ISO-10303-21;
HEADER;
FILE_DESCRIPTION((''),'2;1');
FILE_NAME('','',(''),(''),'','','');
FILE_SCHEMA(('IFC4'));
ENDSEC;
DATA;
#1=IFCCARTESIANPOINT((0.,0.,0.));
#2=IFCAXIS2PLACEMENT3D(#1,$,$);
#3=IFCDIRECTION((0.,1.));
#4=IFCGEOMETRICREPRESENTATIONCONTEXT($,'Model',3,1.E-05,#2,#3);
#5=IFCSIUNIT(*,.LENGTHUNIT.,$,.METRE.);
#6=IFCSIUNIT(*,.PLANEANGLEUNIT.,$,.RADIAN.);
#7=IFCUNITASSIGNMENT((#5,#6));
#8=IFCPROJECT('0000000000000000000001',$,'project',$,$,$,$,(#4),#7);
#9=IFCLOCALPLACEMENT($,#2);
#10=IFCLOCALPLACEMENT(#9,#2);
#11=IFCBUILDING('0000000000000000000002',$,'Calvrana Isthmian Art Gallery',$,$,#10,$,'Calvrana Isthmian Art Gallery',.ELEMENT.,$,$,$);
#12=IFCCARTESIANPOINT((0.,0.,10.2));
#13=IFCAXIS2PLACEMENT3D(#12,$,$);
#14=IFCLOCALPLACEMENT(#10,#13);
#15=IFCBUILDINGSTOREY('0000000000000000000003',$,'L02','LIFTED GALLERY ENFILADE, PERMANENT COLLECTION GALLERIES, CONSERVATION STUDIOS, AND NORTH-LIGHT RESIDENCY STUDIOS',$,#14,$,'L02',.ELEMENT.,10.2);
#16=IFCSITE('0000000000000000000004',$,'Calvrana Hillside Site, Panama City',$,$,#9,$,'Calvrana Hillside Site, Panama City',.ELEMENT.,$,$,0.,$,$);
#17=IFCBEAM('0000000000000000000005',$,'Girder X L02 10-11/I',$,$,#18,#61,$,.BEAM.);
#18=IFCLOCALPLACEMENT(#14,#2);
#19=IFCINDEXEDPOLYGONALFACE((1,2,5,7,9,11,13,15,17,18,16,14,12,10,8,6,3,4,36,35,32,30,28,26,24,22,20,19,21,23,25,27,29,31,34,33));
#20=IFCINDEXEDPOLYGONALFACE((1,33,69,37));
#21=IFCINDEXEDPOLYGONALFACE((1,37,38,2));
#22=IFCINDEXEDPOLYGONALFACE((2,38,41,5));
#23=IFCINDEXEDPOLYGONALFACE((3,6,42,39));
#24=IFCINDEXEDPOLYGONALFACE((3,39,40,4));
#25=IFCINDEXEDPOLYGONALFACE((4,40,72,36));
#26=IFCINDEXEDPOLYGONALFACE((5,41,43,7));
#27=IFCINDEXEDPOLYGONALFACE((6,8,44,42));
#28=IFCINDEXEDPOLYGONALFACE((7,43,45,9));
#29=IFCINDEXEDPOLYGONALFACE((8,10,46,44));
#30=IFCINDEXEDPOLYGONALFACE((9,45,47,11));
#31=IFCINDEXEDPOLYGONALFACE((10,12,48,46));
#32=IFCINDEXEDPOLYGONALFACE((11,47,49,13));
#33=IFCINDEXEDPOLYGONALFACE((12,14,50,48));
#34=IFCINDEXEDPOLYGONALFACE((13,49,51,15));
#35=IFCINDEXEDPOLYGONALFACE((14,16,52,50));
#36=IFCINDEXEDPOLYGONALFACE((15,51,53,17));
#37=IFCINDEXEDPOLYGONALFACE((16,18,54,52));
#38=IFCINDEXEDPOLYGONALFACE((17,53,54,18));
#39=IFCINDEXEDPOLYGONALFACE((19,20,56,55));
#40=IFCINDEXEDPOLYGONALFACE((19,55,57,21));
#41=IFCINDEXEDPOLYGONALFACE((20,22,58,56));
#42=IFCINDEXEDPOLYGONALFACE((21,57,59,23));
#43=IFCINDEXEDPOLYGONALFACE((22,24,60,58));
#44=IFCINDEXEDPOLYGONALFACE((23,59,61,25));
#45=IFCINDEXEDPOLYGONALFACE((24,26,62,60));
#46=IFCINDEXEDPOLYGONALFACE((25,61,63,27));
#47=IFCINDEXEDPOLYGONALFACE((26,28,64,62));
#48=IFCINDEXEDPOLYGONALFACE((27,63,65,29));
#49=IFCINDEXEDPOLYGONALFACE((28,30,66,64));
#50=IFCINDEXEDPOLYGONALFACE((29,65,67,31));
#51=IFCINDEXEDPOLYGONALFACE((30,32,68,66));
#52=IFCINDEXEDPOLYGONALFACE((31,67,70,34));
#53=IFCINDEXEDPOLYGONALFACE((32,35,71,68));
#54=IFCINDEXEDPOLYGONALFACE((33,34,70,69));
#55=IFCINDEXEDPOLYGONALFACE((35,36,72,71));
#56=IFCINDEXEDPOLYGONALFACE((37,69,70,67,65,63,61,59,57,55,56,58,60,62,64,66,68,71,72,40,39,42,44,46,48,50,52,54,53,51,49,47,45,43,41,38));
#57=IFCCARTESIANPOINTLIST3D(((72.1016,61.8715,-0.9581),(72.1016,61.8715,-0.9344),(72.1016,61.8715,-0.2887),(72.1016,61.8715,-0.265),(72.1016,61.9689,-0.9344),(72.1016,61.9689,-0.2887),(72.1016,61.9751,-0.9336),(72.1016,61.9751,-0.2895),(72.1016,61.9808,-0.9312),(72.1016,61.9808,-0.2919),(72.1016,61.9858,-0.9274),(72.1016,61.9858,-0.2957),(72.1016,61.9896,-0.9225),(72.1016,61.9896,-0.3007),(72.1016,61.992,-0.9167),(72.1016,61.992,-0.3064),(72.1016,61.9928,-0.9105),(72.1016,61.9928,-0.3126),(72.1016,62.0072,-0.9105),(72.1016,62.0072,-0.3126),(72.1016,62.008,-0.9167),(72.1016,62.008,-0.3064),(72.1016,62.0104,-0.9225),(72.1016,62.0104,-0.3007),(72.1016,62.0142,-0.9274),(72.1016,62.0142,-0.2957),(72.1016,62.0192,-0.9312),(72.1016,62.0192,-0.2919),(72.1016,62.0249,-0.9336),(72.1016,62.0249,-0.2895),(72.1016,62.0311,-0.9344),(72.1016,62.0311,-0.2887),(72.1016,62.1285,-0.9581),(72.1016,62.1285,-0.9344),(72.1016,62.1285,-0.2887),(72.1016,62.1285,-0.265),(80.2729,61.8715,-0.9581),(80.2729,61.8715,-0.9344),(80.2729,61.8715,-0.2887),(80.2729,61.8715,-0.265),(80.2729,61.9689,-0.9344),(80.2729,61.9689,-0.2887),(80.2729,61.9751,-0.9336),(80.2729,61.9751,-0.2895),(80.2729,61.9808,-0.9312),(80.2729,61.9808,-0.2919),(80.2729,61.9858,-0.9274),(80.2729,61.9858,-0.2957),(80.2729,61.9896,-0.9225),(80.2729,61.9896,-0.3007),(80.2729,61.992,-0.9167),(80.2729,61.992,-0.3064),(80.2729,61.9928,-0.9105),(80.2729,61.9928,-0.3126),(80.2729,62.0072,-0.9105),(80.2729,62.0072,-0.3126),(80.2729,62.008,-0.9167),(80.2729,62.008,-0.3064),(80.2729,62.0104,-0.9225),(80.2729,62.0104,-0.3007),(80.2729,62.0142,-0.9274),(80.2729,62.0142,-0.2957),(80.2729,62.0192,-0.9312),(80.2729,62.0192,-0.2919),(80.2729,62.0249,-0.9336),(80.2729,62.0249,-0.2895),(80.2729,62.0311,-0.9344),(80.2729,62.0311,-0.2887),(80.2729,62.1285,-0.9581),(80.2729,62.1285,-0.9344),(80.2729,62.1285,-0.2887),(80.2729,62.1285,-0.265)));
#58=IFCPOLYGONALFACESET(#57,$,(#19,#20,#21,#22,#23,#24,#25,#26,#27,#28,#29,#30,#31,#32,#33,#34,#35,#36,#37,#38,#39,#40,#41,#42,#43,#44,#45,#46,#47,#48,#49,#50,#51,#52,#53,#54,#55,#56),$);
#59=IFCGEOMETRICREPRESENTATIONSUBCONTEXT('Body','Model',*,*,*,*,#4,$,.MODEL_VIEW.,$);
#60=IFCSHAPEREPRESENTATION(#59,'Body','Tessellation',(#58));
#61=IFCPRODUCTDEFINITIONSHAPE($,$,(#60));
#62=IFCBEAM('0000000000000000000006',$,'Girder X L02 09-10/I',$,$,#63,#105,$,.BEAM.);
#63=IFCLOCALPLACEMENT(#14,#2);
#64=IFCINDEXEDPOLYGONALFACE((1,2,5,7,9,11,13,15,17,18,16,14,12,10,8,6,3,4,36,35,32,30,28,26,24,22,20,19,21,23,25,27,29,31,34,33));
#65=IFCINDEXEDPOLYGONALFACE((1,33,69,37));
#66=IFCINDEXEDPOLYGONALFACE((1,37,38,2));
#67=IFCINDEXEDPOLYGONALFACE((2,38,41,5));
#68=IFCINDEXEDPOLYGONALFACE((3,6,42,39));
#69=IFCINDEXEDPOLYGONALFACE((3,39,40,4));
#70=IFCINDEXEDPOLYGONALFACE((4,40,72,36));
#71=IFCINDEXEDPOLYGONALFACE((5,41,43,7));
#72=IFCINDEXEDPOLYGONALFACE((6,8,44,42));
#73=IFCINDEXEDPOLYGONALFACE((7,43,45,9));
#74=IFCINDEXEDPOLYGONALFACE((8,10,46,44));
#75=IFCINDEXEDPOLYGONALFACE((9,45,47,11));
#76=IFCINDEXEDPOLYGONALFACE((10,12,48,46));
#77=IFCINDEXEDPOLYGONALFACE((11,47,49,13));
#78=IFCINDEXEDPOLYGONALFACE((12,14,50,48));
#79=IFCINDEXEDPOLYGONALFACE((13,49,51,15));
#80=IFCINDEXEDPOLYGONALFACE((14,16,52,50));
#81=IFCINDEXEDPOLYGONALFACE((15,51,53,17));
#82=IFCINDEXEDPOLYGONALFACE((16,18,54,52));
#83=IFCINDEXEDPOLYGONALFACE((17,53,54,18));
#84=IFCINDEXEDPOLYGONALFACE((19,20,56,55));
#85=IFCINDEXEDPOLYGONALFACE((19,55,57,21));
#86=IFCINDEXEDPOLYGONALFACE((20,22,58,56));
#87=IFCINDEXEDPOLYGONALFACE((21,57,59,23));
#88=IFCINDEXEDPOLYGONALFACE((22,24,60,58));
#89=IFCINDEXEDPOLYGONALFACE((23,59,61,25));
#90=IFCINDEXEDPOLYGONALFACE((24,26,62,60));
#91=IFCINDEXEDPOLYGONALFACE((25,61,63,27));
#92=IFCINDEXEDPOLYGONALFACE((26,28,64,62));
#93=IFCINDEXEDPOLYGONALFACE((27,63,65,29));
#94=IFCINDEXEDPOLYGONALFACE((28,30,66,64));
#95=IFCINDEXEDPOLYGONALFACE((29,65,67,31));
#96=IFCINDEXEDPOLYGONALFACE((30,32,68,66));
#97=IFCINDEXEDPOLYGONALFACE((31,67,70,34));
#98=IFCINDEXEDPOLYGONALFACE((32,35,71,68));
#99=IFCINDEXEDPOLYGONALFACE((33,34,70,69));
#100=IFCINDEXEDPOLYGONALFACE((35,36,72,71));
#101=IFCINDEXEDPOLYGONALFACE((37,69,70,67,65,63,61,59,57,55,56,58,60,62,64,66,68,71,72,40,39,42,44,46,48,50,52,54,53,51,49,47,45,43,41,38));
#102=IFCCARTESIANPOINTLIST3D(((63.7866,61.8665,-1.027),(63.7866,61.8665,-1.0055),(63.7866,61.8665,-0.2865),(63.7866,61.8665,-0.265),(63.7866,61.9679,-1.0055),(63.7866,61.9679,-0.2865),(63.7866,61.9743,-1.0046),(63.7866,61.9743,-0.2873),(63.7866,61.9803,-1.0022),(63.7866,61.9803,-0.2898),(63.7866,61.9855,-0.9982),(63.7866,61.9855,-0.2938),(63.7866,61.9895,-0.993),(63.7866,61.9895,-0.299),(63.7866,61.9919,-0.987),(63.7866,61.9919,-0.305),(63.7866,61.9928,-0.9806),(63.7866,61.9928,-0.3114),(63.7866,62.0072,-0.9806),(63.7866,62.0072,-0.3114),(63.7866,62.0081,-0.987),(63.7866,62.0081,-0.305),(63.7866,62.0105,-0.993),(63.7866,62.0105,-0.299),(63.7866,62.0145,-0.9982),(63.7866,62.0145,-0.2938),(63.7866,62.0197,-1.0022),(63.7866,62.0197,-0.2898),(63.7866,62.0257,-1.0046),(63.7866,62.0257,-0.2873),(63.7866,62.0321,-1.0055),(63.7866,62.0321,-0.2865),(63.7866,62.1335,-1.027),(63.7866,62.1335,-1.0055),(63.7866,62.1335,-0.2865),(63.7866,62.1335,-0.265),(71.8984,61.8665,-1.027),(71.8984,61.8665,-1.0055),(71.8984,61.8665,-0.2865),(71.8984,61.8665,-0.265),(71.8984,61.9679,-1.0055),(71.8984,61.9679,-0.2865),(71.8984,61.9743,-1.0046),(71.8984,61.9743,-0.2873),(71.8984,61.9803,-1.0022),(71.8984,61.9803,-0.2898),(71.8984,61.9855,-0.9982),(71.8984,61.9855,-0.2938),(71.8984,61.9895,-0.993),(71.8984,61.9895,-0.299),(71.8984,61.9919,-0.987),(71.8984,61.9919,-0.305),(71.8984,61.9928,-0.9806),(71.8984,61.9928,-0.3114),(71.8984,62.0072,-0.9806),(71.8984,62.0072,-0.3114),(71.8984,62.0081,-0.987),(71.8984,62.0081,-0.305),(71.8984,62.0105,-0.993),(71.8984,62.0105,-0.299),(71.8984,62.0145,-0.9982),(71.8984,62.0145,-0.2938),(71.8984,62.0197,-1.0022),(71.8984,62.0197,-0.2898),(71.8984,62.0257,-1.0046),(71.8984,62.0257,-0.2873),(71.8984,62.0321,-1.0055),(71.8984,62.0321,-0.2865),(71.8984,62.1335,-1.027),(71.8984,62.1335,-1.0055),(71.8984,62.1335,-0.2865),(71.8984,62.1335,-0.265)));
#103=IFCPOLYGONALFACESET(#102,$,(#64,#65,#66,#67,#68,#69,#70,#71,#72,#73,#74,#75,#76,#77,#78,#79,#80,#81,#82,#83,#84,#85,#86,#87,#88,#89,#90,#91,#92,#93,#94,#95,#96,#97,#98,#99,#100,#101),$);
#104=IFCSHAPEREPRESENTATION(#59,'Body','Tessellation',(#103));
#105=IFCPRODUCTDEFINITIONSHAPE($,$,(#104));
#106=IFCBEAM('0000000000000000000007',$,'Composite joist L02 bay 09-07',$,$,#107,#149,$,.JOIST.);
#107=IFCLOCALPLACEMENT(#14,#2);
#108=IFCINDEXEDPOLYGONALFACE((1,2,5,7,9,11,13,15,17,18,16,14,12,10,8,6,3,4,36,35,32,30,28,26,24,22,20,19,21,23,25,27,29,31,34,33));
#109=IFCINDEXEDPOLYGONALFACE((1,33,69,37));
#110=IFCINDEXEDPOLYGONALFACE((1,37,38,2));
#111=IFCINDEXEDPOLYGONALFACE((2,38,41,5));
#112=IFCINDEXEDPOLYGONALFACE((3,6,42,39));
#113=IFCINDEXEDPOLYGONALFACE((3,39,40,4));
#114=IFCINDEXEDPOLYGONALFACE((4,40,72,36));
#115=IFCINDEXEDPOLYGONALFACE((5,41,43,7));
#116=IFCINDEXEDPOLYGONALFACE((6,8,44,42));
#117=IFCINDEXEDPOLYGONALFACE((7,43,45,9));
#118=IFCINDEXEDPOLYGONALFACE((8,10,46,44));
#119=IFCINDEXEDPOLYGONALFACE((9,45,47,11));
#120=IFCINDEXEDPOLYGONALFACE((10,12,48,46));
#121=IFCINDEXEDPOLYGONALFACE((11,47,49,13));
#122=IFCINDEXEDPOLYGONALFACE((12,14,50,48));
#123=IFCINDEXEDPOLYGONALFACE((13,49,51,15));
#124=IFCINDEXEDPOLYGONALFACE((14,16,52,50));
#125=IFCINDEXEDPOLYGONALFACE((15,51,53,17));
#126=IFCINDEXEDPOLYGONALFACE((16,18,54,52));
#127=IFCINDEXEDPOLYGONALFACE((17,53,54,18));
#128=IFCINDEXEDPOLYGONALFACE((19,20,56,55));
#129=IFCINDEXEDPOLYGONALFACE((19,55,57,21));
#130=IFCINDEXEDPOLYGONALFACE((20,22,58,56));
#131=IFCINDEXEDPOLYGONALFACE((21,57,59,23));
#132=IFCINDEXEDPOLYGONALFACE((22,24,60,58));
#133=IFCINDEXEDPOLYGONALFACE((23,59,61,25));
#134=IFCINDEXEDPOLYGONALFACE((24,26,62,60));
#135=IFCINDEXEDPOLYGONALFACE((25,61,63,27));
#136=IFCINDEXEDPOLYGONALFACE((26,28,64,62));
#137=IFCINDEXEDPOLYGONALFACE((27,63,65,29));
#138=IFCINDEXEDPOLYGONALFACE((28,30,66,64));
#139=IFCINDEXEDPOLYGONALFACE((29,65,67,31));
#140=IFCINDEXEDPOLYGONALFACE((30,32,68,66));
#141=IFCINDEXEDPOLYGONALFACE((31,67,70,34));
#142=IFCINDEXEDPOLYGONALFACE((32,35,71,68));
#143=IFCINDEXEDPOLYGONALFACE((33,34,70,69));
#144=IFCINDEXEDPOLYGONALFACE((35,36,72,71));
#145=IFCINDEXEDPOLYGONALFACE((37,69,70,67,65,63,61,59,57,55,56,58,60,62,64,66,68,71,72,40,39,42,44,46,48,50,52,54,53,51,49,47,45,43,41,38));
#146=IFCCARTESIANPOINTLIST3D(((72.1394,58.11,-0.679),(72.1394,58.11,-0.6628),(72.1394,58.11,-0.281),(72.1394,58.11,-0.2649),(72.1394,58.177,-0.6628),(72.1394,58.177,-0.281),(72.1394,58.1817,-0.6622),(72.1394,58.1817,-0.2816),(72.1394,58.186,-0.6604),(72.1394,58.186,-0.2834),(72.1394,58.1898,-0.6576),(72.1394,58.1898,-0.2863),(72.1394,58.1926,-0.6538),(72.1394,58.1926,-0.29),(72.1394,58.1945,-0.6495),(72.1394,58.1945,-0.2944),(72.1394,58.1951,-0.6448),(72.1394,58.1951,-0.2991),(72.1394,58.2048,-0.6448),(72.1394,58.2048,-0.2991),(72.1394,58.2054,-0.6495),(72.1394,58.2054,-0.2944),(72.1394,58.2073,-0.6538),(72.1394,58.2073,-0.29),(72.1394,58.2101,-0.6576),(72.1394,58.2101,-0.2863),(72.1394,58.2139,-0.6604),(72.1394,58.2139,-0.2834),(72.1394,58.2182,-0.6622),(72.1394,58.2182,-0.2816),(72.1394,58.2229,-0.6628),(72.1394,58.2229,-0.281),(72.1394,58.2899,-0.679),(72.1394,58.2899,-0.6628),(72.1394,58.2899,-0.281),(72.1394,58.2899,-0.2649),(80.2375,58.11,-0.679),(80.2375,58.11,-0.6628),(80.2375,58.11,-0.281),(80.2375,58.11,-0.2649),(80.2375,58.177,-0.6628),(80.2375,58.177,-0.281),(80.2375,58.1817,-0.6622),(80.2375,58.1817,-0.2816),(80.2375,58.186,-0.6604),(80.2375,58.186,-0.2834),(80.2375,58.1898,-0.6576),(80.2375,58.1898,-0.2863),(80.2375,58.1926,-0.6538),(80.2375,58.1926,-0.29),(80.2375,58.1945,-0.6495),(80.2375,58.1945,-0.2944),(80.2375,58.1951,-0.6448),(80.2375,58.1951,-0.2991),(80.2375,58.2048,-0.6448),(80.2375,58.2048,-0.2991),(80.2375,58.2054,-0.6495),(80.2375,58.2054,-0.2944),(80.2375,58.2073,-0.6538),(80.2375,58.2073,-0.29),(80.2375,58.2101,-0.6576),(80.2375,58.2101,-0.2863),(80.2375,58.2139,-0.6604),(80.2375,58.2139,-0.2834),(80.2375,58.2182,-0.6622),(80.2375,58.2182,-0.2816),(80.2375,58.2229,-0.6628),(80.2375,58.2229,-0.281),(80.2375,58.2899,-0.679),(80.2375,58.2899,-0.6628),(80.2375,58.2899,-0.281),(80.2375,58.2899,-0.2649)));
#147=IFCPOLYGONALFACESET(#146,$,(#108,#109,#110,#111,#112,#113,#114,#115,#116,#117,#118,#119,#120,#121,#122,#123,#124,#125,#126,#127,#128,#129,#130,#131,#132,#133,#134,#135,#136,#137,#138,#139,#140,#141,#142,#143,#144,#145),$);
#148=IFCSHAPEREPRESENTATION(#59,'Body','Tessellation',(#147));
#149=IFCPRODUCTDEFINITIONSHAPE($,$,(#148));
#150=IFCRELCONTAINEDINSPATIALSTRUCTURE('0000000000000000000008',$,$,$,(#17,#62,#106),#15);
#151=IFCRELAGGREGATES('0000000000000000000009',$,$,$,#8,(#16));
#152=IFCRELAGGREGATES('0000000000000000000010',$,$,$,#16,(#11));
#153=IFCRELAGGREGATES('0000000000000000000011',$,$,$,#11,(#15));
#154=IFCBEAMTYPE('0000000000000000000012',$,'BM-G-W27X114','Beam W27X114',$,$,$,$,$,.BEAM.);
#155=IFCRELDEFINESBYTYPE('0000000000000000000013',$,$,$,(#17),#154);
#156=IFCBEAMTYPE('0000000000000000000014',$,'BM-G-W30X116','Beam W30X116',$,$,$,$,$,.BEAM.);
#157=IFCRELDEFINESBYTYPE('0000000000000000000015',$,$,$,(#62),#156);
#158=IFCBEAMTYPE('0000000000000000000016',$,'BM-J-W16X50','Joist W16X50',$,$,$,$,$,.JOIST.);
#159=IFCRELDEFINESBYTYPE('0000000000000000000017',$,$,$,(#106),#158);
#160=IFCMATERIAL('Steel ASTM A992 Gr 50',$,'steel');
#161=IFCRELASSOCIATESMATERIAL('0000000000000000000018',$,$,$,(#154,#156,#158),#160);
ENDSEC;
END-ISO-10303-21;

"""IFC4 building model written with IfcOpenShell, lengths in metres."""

from ifc_helpers import new_model, si_unit, direction, frame, origin, origin_2d, place, context, subcontext, project, spatial, i_section, extrude, material, material_profile, profile_set, type_object, element, save


model = new_model("IFC4")

# Units and contexts
model_context = context("Model", 3, precision=1e-05, world=origin(), true_north=direction((0.0, 1.0)))
body_context = subcontext(model_context, "Body", "Model", "MODEL_VIEW")
ifc_project = project(units=[si_unit("LENGTHUNIT", "METRE"), si_unit("PLANEANGLEUNIT", "RADIAN")], contexts=[model_context])

# Site, building, storey
site_placement = place(None, origin())
site = spatial("IfcSite", under=ifc_project, at=site_placement, Name="Calvrana Hillside Site, Panama City", LongName="Calvrana Hillside Site, Panama City", CompositionType="ELEMENT", RefElevation=0.0)
building_placement = place(site_placement, origin())
building = spatial("IfcBuilding", under=site, at=building_placement, Name="Calvrana Isthmian Art Gallery", LongName="Calvrana Isthmian Art Gallery", CompositionType="ELEMENT")
storey_placement = place(building_placement, frame((0.0, 0.0, 10.2)))
storey = spatial("IfcBuildingStorey", under=building, at=storey_placement, Name="L02", Description="LIFTED GALLERY ENFILADE, PERMANENT COLLECTION GALLERIES, CONSERVATION STUDIOS, AND NORTH-LIGHT RESIDENCY STUDIOS", LongName="L02", CompositionType="ELEMENT", Elevation=10.2)

# Beams
ifc_material_1 = material(Name="Steel ASTM A992 Gr 50", Category="steel")
ifc_material_profile_1 = material_profile(ifc_material_1, i_section(OverallWidth=0.2571, OverallDepth=0.6931, WebThickness=0.0144, FlangeThickness=0.0237, FilletRadius=0.0239, at=origin_2d()), Name="W27X114")
ifc_profile_set_1 = profile_set([ifc_material_profile_1], Name="Steel ASTM A992 Gr 50")
beam_type_1 = type_object("IfcBeamType", Name="BM-G-W27X114", Description="Beam W27X114", PredefinedType="BEAM", material=ifc_profile_set_1)
beam_1_placement = place(storey_placement, frame((72.1016, 62.0, -0.6116), z_axis=(1.0, 0.0, 0.0), x_axis=(0.0, 1.0, 0.0)))
element("IfcBeam", 1, at=beam_1_placement, inside=storey, type_object=beam_type_1, Name="Girder X L02 10-11/I", PredefinedType="BEAM", context=body_context, shape_type="SweptSolid", body=[
    extrude(i_section(OverallWidth=0.2571, OverallDepth=0.6931, WebThickness=0.0144, FlangeThickness=0.0237, FilletRadius=0.0239, at=origin_2d()), origin(), (0.0, 0.0, 1.0), 8.1714),
])
ifc_material_profile_2 = material_profile(ifc_material_1, i_section(OverallWidth=0.2671, OverallDepth=0.762, WebThickness=0.0144, FlangeThickness=0.0215, FilletRadius=0.0249, at=origin_2d()), Name="W30X116")
ifc_profile_set_2 = profile_set([ifc_material_profile_2], Name="Steel ASTM A992 Gr 50")
beam_type_2 = type_object("IfcBeamType", Name="BM-G-W30X116", Description="Beam W30X116", PredefinedType="BEAM", material=ifc_profile_set_2)
beam_2_placement = place(storey_placement, frame((63.7866, 62.0, -0.646), z_axis=(1.0, 0.0, 0.0), x_axis=(0.0, 1.0, 0.0)))
element("IfcBeam", 2, at=beam_2_placement, inside=storey, type_object=beam_type_2, Name="Girder X L02 09-10/I", PredefinedType="BEAM", context=body_context, shape_type="SweptSolid", body=[
    extrude(i_section(OverallWidth=0.2671, OverallDepth=0.762, WebThickness=0.0144, FlangeThickness=0.0215, FilletRadius=0.0249, at=origin_2d()), origin(), (0.0, 0.0, 1.0), 8.1118),
])
ifc_material_profile_3 = material_profile(ifc_material_1, i_section(OverallWidth=0.1799, OverallDepth=0.4141, WebThickness=0.0098, FlangeThickness=0.0161, FilletRadius=0.0181, at=origin_2d()), Name="W16X50")
ifc_profile_set_3 = profile_set([ifc_material_profile_3], Name="Steel ASTM A992 Gr 50")
beam_type_3 = type_object("IfcBeamType", Name="BM-J-W16X50", Description="Joist W16X50", PredefinedType="JOIST", material=ifc_profile_set_3)
beam_3_placement = place(storey_placement, frame((72.1394, 58.2, -0.4719), z_axis=(1.0, 0.0, 0.0), x_axis=(0.0, 1.0, 0.0)))
element("IfcBeam", 3, at=beam_3_placement, inside=storey, type_object=beam_type_3, Name="Composite joist L02 bay 09-07", PredefinedType="JOIST", context=body_context, shape_type="SweptSolid", body=[
    extrude(i_section(OverallWidth=0.1799, OverallDepth=0.4141, WebThickness=0.0098, FlangeThickness=0.0161, FilletRadius=0.0181, at=origin_2d()), origin(), (0.0, 0.0, 1.0), 8.0981),
])

save(model, "model.ifc")
